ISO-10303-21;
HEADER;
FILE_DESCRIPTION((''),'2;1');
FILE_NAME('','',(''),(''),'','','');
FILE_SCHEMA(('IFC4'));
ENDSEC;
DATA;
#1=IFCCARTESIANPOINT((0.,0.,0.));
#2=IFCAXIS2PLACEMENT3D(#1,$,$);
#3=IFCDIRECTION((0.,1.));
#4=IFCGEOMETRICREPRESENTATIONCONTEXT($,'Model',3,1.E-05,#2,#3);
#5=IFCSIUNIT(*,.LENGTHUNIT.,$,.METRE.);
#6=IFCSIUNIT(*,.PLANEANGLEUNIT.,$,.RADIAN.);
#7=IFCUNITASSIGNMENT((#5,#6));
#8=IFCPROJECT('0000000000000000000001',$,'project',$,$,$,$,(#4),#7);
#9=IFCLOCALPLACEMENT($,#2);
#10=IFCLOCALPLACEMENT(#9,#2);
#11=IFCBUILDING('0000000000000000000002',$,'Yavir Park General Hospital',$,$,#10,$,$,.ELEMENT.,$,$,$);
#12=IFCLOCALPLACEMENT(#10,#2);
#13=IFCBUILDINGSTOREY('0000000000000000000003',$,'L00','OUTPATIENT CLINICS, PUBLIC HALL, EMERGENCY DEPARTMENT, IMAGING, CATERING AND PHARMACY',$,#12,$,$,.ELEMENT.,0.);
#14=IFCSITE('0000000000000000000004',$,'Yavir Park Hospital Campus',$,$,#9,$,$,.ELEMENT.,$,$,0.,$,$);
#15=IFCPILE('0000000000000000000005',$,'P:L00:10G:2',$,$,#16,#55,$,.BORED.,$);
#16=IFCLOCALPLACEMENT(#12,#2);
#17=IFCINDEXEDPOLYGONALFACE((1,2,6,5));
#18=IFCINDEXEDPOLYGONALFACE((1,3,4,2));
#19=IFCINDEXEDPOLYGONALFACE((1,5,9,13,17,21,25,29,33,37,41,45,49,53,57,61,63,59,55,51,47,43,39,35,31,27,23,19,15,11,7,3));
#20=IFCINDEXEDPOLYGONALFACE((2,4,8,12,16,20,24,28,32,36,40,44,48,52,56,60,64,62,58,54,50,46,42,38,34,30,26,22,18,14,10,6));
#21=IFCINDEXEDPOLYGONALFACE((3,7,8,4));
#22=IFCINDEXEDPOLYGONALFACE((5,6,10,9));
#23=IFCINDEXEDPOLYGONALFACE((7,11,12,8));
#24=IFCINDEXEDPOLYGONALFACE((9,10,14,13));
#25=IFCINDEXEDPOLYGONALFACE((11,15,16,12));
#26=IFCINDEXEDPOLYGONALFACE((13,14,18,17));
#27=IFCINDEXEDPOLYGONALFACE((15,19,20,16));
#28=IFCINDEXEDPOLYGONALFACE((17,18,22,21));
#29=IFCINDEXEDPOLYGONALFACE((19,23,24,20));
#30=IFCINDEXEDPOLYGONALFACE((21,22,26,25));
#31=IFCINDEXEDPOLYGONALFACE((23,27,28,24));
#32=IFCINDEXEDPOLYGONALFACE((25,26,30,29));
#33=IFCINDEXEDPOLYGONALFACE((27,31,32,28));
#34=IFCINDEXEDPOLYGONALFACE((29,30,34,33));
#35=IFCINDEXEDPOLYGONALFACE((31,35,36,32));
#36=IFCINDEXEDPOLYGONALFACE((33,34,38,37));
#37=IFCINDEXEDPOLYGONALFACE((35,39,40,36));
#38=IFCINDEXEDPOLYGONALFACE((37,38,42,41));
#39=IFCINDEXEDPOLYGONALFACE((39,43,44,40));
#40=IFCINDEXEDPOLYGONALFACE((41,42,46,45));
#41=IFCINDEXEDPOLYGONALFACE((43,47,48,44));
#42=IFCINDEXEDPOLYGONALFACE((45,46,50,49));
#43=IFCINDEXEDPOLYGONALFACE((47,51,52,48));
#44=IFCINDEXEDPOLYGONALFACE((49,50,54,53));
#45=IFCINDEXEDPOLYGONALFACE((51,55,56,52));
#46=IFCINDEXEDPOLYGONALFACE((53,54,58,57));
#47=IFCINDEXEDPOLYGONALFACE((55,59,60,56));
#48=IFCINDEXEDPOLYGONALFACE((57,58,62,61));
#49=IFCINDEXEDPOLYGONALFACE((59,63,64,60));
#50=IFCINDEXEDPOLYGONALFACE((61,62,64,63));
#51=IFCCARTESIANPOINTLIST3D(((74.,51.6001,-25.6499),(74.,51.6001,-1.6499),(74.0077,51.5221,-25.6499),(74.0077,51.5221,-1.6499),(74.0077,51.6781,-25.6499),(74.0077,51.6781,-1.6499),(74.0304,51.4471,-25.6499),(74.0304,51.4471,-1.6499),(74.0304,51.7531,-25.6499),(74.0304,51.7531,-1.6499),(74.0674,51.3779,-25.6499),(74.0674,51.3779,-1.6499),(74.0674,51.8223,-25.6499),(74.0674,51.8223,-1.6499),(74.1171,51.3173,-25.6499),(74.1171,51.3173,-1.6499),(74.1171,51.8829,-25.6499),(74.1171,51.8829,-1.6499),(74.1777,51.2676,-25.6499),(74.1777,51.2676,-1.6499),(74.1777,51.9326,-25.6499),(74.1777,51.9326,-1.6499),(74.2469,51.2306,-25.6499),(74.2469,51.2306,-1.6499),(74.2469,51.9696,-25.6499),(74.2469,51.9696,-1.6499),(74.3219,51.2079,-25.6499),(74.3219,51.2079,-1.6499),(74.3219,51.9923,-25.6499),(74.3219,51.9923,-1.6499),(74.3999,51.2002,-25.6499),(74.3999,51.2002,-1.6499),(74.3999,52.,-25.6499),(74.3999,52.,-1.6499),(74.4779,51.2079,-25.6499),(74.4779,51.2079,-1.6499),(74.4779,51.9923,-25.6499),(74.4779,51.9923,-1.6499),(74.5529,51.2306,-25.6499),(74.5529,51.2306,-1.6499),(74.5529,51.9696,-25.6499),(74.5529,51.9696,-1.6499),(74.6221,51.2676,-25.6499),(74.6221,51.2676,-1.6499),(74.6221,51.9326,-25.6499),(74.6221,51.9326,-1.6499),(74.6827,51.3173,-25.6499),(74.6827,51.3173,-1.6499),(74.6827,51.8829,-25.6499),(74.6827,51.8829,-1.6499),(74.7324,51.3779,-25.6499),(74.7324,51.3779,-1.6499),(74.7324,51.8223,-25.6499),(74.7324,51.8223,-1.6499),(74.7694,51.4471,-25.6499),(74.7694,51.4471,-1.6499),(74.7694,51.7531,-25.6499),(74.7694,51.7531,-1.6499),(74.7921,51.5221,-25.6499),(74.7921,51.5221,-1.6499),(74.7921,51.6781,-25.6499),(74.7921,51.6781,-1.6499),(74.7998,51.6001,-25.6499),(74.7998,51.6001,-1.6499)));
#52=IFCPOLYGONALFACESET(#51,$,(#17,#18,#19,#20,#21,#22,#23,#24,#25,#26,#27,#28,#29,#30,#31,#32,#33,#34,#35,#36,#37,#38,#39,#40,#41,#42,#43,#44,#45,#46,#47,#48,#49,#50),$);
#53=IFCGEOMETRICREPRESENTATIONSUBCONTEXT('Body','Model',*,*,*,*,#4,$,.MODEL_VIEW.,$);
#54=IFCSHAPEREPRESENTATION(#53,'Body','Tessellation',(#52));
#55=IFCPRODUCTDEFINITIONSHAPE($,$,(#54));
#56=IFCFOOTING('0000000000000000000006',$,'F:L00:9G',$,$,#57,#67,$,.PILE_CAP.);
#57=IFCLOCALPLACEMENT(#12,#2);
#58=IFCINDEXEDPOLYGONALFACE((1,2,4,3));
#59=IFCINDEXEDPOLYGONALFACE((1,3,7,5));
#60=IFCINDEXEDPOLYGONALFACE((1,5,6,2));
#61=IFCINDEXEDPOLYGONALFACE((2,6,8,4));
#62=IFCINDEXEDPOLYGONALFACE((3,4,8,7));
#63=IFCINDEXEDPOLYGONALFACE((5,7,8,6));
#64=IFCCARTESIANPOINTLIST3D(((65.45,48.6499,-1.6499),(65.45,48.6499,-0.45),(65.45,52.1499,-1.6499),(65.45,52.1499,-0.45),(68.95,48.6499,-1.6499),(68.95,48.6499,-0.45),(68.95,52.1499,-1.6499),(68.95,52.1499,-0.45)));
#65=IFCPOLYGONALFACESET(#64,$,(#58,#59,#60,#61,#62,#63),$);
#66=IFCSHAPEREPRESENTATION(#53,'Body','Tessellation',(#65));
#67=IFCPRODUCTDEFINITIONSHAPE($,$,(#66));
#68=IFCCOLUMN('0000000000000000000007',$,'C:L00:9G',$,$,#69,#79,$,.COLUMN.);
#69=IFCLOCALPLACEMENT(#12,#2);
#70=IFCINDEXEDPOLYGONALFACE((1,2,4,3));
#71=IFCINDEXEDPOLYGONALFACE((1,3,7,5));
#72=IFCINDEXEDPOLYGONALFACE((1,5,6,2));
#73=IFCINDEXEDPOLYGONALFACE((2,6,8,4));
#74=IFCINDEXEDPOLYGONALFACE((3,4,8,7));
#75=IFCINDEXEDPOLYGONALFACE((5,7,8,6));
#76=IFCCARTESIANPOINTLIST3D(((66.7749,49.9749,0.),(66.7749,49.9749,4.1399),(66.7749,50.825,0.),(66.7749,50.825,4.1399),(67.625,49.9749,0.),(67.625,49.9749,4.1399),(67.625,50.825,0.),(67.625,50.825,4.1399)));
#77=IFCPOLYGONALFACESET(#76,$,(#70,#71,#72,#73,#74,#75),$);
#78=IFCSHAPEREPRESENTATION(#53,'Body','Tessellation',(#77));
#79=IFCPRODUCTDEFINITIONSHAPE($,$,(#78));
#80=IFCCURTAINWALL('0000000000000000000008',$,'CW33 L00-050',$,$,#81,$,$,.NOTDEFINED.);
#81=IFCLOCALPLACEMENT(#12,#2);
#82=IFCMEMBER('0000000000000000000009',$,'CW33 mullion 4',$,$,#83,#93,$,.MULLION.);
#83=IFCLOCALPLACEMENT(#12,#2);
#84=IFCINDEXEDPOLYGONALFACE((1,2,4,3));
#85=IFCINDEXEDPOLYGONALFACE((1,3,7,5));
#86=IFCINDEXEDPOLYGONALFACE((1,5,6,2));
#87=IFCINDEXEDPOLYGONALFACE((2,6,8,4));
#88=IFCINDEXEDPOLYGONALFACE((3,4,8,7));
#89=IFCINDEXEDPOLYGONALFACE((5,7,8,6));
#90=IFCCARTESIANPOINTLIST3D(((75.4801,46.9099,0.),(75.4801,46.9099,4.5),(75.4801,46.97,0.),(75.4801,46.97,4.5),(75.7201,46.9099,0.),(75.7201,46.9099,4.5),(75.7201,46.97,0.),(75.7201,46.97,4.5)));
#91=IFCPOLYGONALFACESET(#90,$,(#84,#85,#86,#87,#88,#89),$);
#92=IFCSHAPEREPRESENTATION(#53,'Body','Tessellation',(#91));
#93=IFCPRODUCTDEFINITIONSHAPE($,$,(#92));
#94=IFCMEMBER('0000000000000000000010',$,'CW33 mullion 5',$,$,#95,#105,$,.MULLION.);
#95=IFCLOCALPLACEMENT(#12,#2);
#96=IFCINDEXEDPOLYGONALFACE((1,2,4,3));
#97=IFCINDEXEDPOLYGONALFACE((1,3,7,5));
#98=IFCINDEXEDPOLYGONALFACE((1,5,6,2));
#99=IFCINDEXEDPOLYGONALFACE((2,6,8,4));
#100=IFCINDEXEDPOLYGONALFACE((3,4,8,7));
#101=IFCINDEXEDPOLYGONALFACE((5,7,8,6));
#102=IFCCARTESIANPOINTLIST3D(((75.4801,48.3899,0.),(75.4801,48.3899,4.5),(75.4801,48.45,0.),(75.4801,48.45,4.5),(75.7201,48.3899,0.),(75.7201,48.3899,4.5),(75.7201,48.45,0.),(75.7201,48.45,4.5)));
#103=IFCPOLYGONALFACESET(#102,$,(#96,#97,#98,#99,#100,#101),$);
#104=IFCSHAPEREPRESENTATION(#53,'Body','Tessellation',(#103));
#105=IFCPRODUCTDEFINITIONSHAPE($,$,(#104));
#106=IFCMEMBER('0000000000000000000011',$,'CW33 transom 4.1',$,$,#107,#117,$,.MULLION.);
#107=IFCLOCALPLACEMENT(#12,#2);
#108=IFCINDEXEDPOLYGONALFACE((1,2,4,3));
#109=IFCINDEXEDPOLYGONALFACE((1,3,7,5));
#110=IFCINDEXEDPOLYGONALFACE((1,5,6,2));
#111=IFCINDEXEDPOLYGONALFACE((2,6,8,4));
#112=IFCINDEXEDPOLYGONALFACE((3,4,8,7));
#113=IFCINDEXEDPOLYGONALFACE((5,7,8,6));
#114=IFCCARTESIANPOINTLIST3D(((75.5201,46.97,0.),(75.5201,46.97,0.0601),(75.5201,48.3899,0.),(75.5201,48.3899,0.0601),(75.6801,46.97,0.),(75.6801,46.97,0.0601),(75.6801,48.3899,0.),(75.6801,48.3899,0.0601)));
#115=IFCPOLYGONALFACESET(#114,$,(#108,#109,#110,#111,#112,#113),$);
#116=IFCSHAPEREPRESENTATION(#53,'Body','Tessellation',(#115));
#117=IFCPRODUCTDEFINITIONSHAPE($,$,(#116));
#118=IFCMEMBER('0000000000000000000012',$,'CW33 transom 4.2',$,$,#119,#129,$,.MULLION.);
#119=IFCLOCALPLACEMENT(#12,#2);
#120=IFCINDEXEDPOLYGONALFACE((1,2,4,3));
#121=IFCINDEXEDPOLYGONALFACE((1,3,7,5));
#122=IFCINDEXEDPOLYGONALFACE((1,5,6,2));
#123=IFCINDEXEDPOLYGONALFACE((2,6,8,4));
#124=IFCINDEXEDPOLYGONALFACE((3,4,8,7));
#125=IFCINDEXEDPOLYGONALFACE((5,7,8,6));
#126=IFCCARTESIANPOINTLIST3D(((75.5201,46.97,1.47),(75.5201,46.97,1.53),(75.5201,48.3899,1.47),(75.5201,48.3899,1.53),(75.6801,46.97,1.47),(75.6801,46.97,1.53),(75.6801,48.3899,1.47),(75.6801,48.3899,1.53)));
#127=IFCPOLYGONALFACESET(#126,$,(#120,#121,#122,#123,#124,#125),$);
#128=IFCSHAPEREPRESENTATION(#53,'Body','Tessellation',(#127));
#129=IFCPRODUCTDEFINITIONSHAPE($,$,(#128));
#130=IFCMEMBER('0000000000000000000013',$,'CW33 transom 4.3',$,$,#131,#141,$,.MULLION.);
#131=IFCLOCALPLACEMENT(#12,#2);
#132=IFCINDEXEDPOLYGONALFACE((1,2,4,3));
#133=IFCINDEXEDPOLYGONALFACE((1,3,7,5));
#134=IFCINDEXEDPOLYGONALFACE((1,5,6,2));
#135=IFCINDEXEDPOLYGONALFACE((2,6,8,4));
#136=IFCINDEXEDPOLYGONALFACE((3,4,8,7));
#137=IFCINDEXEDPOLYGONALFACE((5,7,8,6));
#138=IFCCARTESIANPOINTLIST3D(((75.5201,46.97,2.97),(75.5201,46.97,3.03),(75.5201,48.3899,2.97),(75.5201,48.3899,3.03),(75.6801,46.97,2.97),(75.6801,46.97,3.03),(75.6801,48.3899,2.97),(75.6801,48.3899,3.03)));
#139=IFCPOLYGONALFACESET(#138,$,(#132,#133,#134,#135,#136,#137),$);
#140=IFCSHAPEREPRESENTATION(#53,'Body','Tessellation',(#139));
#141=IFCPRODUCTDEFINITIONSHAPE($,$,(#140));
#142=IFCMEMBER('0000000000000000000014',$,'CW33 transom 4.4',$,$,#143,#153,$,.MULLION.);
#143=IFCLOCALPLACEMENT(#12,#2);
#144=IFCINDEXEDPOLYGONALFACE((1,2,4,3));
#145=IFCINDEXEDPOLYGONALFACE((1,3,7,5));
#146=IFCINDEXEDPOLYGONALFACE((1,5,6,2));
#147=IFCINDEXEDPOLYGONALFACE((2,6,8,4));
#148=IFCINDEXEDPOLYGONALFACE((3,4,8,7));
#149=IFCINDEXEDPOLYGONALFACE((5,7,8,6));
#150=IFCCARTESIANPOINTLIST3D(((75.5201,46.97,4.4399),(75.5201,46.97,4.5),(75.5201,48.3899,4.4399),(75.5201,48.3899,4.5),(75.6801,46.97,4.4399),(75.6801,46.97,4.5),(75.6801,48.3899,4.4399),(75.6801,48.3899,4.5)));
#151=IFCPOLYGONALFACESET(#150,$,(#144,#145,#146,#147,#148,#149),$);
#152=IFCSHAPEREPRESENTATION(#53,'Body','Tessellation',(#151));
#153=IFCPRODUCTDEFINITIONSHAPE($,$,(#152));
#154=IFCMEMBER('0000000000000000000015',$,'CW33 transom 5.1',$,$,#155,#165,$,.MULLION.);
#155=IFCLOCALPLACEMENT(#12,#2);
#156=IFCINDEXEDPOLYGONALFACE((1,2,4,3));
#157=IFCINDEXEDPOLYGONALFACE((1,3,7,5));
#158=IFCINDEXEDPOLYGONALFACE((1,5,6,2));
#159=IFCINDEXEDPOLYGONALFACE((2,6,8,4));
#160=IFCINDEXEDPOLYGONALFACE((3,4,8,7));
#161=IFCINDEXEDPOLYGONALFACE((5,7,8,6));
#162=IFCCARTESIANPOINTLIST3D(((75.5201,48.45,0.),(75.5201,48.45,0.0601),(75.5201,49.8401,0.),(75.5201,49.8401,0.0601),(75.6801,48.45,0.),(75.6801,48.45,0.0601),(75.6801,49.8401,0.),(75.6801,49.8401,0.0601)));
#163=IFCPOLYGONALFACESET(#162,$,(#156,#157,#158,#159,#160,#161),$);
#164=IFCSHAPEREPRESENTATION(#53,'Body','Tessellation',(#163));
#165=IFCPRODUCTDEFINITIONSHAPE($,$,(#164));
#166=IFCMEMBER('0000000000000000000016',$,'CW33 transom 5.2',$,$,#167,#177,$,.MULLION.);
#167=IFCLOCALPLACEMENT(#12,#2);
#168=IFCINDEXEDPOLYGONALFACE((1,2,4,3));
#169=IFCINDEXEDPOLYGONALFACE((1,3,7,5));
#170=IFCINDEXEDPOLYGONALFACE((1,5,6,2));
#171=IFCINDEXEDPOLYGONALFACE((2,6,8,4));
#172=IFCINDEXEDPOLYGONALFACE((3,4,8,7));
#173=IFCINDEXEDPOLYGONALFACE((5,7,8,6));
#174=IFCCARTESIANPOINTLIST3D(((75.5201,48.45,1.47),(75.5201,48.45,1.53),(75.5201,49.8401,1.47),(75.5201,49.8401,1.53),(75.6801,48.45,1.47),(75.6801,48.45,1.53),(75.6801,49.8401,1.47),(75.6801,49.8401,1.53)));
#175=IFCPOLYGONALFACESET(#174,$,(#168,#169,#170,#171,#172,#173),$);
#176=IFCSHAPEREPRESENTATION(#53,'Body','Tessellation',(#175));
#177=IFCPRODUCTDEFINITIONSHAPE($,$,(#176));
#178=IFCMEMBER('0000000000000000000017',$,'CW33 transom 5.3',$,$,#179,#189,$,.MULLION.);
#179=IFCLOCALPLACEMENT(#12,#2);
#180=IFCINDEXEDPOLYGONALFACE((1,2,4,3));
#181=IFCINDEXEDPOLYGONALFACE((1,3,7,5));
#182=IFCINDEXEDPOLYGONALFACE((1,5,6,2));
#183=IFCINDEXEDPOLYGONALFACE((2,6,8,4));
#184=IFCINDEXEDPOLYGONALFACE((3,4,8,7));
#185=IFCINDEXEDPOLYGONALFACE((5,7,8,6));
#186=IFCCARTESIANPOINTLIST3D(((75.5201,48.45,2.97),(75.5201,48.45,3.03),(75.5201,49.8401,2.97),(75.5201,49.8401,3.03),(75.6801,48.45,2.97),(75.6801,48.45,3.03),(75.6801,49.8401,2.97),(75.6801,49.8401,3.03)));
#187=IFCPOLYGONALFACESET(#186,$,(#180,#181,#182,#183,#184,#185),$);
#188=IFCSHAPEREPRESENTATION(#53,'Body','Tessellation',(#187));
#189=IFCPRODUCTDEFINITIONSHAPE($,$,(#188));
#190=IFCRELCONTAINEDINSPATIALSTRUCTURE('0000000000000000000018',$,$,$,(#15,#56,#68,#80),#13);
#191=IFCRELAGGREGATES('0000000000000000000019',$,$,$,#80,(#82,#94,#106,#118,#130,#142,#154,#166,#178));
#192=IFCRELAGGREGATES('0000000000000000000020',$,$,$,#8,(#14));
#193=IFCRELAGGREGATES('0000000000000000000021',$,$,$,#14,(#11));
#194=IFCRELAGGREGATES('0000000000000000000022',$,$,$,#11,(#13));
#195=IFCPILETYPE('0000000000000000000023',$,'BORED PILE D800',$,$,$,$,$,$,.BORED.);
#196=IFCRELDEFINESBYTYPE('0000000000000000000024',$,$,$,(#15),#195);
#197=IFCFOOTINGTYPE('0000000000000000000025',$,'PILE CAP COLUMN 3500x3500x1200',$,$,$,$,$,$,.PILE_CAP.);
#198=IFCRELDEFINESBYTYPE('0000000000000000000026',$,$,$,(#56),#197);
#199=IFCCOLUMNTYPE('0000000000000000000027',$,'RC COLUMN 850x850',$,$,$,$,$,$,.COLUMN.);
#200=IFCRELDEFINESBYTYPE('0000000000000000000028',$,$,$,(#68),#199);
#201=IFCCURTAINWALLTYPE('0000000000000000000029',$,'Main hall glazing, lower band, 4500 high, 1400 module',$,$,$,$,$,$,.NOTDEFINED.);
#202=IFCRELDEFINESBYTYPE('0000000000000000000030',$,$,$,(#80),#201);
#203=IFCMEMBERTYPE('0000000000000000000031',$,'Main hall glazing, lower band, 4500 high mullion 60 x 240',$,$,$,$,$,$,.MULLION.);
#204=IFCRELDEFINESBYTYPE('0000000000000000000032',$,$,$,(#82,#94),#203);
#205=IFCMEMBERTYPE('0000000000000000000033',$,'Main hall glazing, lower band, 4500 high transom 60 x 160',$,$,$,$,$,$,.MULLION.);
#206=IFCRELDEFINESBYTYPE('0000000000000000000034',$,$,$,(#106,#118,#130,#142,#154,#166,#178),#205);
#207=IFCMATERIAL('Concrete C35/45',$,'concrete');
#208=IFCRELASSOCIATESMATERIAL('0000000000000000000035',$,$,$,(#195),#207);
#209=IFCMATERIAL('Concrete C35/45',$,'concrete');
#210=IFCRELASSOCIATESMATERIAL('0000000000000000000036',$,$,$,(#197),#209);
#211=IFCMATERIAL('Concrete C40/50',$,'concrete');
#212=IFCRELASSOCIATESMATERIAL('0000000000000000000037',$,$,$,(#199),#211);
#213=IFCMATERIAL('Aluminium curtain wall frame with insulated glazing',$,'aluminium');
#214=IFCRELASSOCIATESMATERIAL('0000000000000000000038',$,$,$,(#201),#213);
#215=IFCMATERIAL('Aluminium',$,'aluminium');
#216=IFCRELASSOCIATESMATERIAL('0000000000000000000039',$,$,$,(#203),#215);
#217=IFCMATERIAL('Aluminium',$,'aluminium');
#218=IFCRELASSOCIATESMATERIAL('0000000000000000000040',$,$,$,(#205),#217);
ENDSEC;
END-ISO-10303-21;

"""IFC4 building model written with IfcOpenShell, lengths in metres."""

from ifc_helpers import new_model, si_unit, direction, frame, origin, origin_2d, place, context, subcontext, project, spatial, rectangle, circle, extrude, material, material_profile, profile_set, type_object, element, aggregate, save


model = new_model("IFC4")

# Units and contexts
model_context = context("Model", 3, precision=1e-05, world=origin(), true_north=direction((0.0, 1.0)))
body_context = subcontext(model_context, "Body", "Model", "MODEL_VIEW")
ifc_project = project(units=[si_unit("LENGTHUNIT", "METRE"), si_unit("PLANEANGLEUNIT", "RADIAN")], contexts=[model_context])

# Site, building, storey
site_placement = place(None, origin())
site = spatial("IfcSite", under=ifc_project, at=site_placement, Name="Yavir Park Hospital Campus", CompositionType="ELEMENT", RefElevation=0.0)
building_placement = place(site_placement, origin())
building = spatial("IfcBuilding", under=site, at=building_placement, Name="Yavir Park General Hospital", CompositionType="ELEMENT")
storey_placement = place(building_placement, origin())
storey = spatial("IfcBuildingStorey", under=building, at=storey_placement, Name="L00", Description="OUTPATIENT CLINICS, PUBLIC HALL, EMERGENCY DEPARTMENT, IMAGING, CATERING AND PHARMACY", CompositionType="ELEMENT", Elevation=0.0)

# Pile
ifc_material_1 = material(Name="Concrete C35/45", Category="concrete")
ifc_material_profile_1 = material_profile(ifc_material_1, circle(Radius=0.3999, at=origin_2d()), Name="D800")
ifc_profile_set_1 = profile_set([ifc_material_profile_1], Name="Concrete C35/45")
pile_type = type_object("IfcPileType", Name="BORED PILE D800", PredefinedType="BORED", material=ifc_profile_set_1)
for number, where, z_axis, x_axis, name in (
    (1, (74.3999, 51.6001, -1.6499), (0.0, 0.0, -1.0), (1.0, 0.0, 0.0), "P:L00:10G:2"),
):
    element("IfcPile", number, at=place(storey_placement, frame(where, z_axis=z_axis, x_axis=x_axis)), inside=storey, type_object=pile_type, Name=name, PredefinedType="BORED", context=body_context, shape_type="SweptSolid", body=[
        extrude(circle(Radius=0.3999, at=origin_2d()), origin(), (0.0, 0.0, 1.0), 24.0),
    ])

# Footing
ifc_material_2 = material(Name="Concrete C35/45", Category="concrete")
footing_type = type_object("IfcFootingType", Name="PILE CAP COLUMN 3500x3500x1200", PredefinedType="PILE_CAP", material=ifc_material_2)
footing_placement = place(storey_placement, frame((67.2, 50.3999, -1.6499), z_axis=(0.0, 0.0, 1.0), x_axis=(1.0, 0.0, 0.0)))
element("IfcFooting", 2, at=footing_placement, inside=storey, type_object=footing_type, Name="F:L00:9G", PredefinedType="PILE_CAP", context=body_context, shape_type="SweptSolid", body=[
    extrude(rectangle(XDim=3.5, YDim=3.5, at=origin_2d()), origin(), (0.0, 0.0, 1.0), 1.2),
])

# Column
ifc_material_3 = material(Name="Concrete C40/50", Category="concrete")
ifc_material_profile_2 = material_profile(ifc_material_3, rectangle(XDim=0.8501, YDim=0.8501, at=origin_2d()), Name="RC850x850")
ifc_profile_set_2 = profile_set([ifc_material_profile_2], Name="Concrete C40/50")
column_type = type_object("IfcColumnType", Name="RC COLUMN 850x850", PredefinedType="COLUMN", material=ifc_profile_set_2)
column_placement = place(storey_placement, frame((67.2, 50.3999, 0.0), z_axis=(0.0, 0.0, 1.0), x_axis=(1.0, 0.0, 0.0)))
element("IfcColumn", 3, at=column_placement, inside=storey, type_object=column_type, Name="C:L00:9G", PredefinedType="COLUMN", context=body_context, shape_type="SweptSolid", body=[
    extrude(rectangle(XDim=0.8501, YDim=0.8501, at=origin_2d()), origin(), (0.0, 0.0, 1.0), 4.1399),
])

# Curtain wall, members
ifc_material_4 = material(Name="Aluminium curtain wall frame with insulated glazing", Category="aluminium")
curtain_wall_type_1 = type_object("IfcCurtainWallType", Name="Main hall glazing, lower band, 4500 high, 1400 module", PredefinedType="NOTDEFINED", material=ifc_material_4)
curtain_wall_1_placement = place(storey_placement, origin())
curtain_wall_1 = element("IfcCurtainWall", 4, at=curtain_wall_1_placement, inside=storey, type_object=curtain_wall_type_1, Name="CW33 L00-050", PredefinedType="NOTDEFINED")
ifc_material_5 = material(Name="Aluminium", Category="aluminium")
ifc_material_profile_3 = material_profile(ifc_material_5, rectangle(XDim=0.24, YDim=0.0601, at=origin_2d()), Name="AL 60x240")
ifc_profile_set_3 = profile_set([ifc_material_profile_3], Name="Aluminium")
member_type_1 = type_object("IfcMemberType", Name="Main hall glazing, lower band, 4500 high mullion 60 x 240", PredefinedType="MULLION", material=ifc_profile_set_3)
member_1_placement = place(storey_placement, frame((75.6001, 46.9399, 0.0), z_axis=(0.0, 0.0, 1.0), x_axis=(-1.0, 0.0, 0.0)))
member_1 = element("IfcMember", 5, at=member_1_placement, type_object=member_type_1, Name="CW33 mullion 4", PredefinedType="MULLION", context=body_context, shape_type="SweptSolid", body=[
    extrude(rectangle(XDim=0.24, YDim=0.0601, at=origin_2d()), origin(), (0.0, 0.0, 1.0), 4.5),
])
member_2_placement = place(storey_placement, frame((75.6001, 48.4199, 0.0), z_axis=(0.0, 0.0, 1.0), x_axis=(-1.0, 0.0, 0.0)))
member_2 = element("IfcMember", 6, at=member_2_placement, type_object=member_type_1, Name="CW33 mullion 5", PredefinedType="MULLION", context=body_context, shape_type="SweptSolid", body=[
    extrude(rectangle(XDim=0.24, YDim=0.0601, at=origin_2d()), origin(), (0.0, 0.0, 1.0), 4.5),
])
ifc_material_6 = material(Name="Aluminium", Category="aluminium")
ifc_material_profile_4 = material_profile(ifc_material_6, rectangle(XDim=0.1599, YDim=0.0601, at=origin_2d()), Name="AL 160x60")
ifc_profile_set_4 = profile_set([ifc_material_profile_4], Name="Aluminium")
member_type_2 = type_object("IfcMemberType", Name="Main hall glazing, lower band, 4500 high transom 60 x 160", PredefinedType="MULLION", material=ifc_profile_set_4)
member_3_placement = place(storey_placement, frame((75.6001, 46.97, 0.03), z_axis=(0.0, 1.0, 0.0), x_axis=(-1.0, 0.0, 0.0)))
member_3 = element("IfcMember", 7, at=member_3_placement, type_object=member_type_2, Name="CW33 transom 4.1", PredefinedType="MULLION", context=body_context, shape_type="SweptSolid", body=[
    extrude(rectangle(XDim=0.1599, YDim=0.0601, at=origin_2d()), origin(), (0.0, 0.0, 1.0), 1.4199),
])
member_4_placement = place(storey_placement, frame((75.6001, 46.97, 1.5), z_axis=(0.0, 1.0, 0.0), x_axis=(-1.0, 0.0, 0.0)))
member_4 = element("IfcMember", 8, at=member_4_placement, type_object=member_type_2, Name="CW33 transom 4.2", PredefinedType="MULLION", context=body_context, shape_type="SweptSolid", body=[
    extrude(rectangle(XDim=0.1599, YDim=0.0601, at=origin_2d()), origin(), (0.0, 0.0, 1.0), 1.4199),
])
member_5_placement = place(storey_placement, frame((75.6001, 46.97, 3.0), z_axis=(0.0, 1.0, 0.0), x_axis=(-1.0, 0.0, 0.0)))
member_5 = element("IfcMember", 9, at=member_5_placement, type_object=member_type_2, Name="CW33 transom 4.3", PredefinedType="MULLION", context=body_context, shape_type="SweptSolid", body=[
    extrude(rectangle(XDim=0.1599, YDim=0.0601, at=origin_2d()), origin(), (0.0, 0.0, 1.0), 1.4199),
])
member_6_placement = place(storey_placement, frame((75.6001, 46.97, 4.47), z_axis=(0.0, 1.0, 0.0), x_axis=(-1.0, 0.0, 0.0)))
member_6 = element("IfcMember", 10, at=member_6_placement, type_object=member_type_2, Name="CW33 transom 4.4", PredefinedType="MULLION", context=body_context, shape_type="SweptSolid", body=[
    extrude(rectangle(XDim=0.1599, YDim=0.0601, at=origin_2d()), origin(), (0.0, 0.0, 1.0), 1.4199),
])
member_7_placement = place(storey_placement, frame((75.6001, 48.45, 0.03), z_axis=(0.0, 1.0, 0.0), x_axis=(-1.0, 0.0, 0.0)))
member_7 = element("IfcMember", 11, at=member_7_placement, type_object=member_type_2, Name="CW33 transom 5.1", PredefinedType="MULLION", context=body_context, shape_type="SweptSolid", body=[
    extrude(rectangle(XDim=0.1599, YDim=0.0601, at=origin_2d()), origin(), (0.0, 0.0, 1.0), 1.3901),
])
member_8_placement = place(storey_placement, frame((75.6001, 48.45, 1.5), z_axis=(0.0, 1.0, 0.0), x_axis=(-1.0, 0.0, 0.0)))
member_8 = element("IfcMember", 12, at=member_8_placement, type_object=member_type_2, Name="CW33 transom 5.2", PredefinedType="MULLION", context=body_context, shape_type="SweptSolid", body=[
    extrude(rectangle(XDim=0.1599, YDim=0.0601, at=origin_2d()), origin(), (0.0, 0.0, 1.0), 1.3901),
])
member_9_placement = place(storey_placement, frame((75.6001, 48.45, 3.0), z_axis=(0.0, 1.0, 0.0), x_axis=(-1.0, 0.0, 0.0)))
member_9 = element("IfcMember", 13, at=member_9_placement, type_object=member_type_2, Name="CW33 transom 5.3", PredefinedType="MULLION", context=body_context, shape_type="SweptSolid", body=[
    extrude(rectangle(XDim=0.1599, YDim=0.0601, at=origin_2d()), origin(), (0.0, 0.0, 1.0), 1.3901),
])

aggregate(curtain_wall_1, [member_1, member_2, member_3, member_4, member_5, member_6, member_7, member_8, member_9])

save(model, "model.ifc")
